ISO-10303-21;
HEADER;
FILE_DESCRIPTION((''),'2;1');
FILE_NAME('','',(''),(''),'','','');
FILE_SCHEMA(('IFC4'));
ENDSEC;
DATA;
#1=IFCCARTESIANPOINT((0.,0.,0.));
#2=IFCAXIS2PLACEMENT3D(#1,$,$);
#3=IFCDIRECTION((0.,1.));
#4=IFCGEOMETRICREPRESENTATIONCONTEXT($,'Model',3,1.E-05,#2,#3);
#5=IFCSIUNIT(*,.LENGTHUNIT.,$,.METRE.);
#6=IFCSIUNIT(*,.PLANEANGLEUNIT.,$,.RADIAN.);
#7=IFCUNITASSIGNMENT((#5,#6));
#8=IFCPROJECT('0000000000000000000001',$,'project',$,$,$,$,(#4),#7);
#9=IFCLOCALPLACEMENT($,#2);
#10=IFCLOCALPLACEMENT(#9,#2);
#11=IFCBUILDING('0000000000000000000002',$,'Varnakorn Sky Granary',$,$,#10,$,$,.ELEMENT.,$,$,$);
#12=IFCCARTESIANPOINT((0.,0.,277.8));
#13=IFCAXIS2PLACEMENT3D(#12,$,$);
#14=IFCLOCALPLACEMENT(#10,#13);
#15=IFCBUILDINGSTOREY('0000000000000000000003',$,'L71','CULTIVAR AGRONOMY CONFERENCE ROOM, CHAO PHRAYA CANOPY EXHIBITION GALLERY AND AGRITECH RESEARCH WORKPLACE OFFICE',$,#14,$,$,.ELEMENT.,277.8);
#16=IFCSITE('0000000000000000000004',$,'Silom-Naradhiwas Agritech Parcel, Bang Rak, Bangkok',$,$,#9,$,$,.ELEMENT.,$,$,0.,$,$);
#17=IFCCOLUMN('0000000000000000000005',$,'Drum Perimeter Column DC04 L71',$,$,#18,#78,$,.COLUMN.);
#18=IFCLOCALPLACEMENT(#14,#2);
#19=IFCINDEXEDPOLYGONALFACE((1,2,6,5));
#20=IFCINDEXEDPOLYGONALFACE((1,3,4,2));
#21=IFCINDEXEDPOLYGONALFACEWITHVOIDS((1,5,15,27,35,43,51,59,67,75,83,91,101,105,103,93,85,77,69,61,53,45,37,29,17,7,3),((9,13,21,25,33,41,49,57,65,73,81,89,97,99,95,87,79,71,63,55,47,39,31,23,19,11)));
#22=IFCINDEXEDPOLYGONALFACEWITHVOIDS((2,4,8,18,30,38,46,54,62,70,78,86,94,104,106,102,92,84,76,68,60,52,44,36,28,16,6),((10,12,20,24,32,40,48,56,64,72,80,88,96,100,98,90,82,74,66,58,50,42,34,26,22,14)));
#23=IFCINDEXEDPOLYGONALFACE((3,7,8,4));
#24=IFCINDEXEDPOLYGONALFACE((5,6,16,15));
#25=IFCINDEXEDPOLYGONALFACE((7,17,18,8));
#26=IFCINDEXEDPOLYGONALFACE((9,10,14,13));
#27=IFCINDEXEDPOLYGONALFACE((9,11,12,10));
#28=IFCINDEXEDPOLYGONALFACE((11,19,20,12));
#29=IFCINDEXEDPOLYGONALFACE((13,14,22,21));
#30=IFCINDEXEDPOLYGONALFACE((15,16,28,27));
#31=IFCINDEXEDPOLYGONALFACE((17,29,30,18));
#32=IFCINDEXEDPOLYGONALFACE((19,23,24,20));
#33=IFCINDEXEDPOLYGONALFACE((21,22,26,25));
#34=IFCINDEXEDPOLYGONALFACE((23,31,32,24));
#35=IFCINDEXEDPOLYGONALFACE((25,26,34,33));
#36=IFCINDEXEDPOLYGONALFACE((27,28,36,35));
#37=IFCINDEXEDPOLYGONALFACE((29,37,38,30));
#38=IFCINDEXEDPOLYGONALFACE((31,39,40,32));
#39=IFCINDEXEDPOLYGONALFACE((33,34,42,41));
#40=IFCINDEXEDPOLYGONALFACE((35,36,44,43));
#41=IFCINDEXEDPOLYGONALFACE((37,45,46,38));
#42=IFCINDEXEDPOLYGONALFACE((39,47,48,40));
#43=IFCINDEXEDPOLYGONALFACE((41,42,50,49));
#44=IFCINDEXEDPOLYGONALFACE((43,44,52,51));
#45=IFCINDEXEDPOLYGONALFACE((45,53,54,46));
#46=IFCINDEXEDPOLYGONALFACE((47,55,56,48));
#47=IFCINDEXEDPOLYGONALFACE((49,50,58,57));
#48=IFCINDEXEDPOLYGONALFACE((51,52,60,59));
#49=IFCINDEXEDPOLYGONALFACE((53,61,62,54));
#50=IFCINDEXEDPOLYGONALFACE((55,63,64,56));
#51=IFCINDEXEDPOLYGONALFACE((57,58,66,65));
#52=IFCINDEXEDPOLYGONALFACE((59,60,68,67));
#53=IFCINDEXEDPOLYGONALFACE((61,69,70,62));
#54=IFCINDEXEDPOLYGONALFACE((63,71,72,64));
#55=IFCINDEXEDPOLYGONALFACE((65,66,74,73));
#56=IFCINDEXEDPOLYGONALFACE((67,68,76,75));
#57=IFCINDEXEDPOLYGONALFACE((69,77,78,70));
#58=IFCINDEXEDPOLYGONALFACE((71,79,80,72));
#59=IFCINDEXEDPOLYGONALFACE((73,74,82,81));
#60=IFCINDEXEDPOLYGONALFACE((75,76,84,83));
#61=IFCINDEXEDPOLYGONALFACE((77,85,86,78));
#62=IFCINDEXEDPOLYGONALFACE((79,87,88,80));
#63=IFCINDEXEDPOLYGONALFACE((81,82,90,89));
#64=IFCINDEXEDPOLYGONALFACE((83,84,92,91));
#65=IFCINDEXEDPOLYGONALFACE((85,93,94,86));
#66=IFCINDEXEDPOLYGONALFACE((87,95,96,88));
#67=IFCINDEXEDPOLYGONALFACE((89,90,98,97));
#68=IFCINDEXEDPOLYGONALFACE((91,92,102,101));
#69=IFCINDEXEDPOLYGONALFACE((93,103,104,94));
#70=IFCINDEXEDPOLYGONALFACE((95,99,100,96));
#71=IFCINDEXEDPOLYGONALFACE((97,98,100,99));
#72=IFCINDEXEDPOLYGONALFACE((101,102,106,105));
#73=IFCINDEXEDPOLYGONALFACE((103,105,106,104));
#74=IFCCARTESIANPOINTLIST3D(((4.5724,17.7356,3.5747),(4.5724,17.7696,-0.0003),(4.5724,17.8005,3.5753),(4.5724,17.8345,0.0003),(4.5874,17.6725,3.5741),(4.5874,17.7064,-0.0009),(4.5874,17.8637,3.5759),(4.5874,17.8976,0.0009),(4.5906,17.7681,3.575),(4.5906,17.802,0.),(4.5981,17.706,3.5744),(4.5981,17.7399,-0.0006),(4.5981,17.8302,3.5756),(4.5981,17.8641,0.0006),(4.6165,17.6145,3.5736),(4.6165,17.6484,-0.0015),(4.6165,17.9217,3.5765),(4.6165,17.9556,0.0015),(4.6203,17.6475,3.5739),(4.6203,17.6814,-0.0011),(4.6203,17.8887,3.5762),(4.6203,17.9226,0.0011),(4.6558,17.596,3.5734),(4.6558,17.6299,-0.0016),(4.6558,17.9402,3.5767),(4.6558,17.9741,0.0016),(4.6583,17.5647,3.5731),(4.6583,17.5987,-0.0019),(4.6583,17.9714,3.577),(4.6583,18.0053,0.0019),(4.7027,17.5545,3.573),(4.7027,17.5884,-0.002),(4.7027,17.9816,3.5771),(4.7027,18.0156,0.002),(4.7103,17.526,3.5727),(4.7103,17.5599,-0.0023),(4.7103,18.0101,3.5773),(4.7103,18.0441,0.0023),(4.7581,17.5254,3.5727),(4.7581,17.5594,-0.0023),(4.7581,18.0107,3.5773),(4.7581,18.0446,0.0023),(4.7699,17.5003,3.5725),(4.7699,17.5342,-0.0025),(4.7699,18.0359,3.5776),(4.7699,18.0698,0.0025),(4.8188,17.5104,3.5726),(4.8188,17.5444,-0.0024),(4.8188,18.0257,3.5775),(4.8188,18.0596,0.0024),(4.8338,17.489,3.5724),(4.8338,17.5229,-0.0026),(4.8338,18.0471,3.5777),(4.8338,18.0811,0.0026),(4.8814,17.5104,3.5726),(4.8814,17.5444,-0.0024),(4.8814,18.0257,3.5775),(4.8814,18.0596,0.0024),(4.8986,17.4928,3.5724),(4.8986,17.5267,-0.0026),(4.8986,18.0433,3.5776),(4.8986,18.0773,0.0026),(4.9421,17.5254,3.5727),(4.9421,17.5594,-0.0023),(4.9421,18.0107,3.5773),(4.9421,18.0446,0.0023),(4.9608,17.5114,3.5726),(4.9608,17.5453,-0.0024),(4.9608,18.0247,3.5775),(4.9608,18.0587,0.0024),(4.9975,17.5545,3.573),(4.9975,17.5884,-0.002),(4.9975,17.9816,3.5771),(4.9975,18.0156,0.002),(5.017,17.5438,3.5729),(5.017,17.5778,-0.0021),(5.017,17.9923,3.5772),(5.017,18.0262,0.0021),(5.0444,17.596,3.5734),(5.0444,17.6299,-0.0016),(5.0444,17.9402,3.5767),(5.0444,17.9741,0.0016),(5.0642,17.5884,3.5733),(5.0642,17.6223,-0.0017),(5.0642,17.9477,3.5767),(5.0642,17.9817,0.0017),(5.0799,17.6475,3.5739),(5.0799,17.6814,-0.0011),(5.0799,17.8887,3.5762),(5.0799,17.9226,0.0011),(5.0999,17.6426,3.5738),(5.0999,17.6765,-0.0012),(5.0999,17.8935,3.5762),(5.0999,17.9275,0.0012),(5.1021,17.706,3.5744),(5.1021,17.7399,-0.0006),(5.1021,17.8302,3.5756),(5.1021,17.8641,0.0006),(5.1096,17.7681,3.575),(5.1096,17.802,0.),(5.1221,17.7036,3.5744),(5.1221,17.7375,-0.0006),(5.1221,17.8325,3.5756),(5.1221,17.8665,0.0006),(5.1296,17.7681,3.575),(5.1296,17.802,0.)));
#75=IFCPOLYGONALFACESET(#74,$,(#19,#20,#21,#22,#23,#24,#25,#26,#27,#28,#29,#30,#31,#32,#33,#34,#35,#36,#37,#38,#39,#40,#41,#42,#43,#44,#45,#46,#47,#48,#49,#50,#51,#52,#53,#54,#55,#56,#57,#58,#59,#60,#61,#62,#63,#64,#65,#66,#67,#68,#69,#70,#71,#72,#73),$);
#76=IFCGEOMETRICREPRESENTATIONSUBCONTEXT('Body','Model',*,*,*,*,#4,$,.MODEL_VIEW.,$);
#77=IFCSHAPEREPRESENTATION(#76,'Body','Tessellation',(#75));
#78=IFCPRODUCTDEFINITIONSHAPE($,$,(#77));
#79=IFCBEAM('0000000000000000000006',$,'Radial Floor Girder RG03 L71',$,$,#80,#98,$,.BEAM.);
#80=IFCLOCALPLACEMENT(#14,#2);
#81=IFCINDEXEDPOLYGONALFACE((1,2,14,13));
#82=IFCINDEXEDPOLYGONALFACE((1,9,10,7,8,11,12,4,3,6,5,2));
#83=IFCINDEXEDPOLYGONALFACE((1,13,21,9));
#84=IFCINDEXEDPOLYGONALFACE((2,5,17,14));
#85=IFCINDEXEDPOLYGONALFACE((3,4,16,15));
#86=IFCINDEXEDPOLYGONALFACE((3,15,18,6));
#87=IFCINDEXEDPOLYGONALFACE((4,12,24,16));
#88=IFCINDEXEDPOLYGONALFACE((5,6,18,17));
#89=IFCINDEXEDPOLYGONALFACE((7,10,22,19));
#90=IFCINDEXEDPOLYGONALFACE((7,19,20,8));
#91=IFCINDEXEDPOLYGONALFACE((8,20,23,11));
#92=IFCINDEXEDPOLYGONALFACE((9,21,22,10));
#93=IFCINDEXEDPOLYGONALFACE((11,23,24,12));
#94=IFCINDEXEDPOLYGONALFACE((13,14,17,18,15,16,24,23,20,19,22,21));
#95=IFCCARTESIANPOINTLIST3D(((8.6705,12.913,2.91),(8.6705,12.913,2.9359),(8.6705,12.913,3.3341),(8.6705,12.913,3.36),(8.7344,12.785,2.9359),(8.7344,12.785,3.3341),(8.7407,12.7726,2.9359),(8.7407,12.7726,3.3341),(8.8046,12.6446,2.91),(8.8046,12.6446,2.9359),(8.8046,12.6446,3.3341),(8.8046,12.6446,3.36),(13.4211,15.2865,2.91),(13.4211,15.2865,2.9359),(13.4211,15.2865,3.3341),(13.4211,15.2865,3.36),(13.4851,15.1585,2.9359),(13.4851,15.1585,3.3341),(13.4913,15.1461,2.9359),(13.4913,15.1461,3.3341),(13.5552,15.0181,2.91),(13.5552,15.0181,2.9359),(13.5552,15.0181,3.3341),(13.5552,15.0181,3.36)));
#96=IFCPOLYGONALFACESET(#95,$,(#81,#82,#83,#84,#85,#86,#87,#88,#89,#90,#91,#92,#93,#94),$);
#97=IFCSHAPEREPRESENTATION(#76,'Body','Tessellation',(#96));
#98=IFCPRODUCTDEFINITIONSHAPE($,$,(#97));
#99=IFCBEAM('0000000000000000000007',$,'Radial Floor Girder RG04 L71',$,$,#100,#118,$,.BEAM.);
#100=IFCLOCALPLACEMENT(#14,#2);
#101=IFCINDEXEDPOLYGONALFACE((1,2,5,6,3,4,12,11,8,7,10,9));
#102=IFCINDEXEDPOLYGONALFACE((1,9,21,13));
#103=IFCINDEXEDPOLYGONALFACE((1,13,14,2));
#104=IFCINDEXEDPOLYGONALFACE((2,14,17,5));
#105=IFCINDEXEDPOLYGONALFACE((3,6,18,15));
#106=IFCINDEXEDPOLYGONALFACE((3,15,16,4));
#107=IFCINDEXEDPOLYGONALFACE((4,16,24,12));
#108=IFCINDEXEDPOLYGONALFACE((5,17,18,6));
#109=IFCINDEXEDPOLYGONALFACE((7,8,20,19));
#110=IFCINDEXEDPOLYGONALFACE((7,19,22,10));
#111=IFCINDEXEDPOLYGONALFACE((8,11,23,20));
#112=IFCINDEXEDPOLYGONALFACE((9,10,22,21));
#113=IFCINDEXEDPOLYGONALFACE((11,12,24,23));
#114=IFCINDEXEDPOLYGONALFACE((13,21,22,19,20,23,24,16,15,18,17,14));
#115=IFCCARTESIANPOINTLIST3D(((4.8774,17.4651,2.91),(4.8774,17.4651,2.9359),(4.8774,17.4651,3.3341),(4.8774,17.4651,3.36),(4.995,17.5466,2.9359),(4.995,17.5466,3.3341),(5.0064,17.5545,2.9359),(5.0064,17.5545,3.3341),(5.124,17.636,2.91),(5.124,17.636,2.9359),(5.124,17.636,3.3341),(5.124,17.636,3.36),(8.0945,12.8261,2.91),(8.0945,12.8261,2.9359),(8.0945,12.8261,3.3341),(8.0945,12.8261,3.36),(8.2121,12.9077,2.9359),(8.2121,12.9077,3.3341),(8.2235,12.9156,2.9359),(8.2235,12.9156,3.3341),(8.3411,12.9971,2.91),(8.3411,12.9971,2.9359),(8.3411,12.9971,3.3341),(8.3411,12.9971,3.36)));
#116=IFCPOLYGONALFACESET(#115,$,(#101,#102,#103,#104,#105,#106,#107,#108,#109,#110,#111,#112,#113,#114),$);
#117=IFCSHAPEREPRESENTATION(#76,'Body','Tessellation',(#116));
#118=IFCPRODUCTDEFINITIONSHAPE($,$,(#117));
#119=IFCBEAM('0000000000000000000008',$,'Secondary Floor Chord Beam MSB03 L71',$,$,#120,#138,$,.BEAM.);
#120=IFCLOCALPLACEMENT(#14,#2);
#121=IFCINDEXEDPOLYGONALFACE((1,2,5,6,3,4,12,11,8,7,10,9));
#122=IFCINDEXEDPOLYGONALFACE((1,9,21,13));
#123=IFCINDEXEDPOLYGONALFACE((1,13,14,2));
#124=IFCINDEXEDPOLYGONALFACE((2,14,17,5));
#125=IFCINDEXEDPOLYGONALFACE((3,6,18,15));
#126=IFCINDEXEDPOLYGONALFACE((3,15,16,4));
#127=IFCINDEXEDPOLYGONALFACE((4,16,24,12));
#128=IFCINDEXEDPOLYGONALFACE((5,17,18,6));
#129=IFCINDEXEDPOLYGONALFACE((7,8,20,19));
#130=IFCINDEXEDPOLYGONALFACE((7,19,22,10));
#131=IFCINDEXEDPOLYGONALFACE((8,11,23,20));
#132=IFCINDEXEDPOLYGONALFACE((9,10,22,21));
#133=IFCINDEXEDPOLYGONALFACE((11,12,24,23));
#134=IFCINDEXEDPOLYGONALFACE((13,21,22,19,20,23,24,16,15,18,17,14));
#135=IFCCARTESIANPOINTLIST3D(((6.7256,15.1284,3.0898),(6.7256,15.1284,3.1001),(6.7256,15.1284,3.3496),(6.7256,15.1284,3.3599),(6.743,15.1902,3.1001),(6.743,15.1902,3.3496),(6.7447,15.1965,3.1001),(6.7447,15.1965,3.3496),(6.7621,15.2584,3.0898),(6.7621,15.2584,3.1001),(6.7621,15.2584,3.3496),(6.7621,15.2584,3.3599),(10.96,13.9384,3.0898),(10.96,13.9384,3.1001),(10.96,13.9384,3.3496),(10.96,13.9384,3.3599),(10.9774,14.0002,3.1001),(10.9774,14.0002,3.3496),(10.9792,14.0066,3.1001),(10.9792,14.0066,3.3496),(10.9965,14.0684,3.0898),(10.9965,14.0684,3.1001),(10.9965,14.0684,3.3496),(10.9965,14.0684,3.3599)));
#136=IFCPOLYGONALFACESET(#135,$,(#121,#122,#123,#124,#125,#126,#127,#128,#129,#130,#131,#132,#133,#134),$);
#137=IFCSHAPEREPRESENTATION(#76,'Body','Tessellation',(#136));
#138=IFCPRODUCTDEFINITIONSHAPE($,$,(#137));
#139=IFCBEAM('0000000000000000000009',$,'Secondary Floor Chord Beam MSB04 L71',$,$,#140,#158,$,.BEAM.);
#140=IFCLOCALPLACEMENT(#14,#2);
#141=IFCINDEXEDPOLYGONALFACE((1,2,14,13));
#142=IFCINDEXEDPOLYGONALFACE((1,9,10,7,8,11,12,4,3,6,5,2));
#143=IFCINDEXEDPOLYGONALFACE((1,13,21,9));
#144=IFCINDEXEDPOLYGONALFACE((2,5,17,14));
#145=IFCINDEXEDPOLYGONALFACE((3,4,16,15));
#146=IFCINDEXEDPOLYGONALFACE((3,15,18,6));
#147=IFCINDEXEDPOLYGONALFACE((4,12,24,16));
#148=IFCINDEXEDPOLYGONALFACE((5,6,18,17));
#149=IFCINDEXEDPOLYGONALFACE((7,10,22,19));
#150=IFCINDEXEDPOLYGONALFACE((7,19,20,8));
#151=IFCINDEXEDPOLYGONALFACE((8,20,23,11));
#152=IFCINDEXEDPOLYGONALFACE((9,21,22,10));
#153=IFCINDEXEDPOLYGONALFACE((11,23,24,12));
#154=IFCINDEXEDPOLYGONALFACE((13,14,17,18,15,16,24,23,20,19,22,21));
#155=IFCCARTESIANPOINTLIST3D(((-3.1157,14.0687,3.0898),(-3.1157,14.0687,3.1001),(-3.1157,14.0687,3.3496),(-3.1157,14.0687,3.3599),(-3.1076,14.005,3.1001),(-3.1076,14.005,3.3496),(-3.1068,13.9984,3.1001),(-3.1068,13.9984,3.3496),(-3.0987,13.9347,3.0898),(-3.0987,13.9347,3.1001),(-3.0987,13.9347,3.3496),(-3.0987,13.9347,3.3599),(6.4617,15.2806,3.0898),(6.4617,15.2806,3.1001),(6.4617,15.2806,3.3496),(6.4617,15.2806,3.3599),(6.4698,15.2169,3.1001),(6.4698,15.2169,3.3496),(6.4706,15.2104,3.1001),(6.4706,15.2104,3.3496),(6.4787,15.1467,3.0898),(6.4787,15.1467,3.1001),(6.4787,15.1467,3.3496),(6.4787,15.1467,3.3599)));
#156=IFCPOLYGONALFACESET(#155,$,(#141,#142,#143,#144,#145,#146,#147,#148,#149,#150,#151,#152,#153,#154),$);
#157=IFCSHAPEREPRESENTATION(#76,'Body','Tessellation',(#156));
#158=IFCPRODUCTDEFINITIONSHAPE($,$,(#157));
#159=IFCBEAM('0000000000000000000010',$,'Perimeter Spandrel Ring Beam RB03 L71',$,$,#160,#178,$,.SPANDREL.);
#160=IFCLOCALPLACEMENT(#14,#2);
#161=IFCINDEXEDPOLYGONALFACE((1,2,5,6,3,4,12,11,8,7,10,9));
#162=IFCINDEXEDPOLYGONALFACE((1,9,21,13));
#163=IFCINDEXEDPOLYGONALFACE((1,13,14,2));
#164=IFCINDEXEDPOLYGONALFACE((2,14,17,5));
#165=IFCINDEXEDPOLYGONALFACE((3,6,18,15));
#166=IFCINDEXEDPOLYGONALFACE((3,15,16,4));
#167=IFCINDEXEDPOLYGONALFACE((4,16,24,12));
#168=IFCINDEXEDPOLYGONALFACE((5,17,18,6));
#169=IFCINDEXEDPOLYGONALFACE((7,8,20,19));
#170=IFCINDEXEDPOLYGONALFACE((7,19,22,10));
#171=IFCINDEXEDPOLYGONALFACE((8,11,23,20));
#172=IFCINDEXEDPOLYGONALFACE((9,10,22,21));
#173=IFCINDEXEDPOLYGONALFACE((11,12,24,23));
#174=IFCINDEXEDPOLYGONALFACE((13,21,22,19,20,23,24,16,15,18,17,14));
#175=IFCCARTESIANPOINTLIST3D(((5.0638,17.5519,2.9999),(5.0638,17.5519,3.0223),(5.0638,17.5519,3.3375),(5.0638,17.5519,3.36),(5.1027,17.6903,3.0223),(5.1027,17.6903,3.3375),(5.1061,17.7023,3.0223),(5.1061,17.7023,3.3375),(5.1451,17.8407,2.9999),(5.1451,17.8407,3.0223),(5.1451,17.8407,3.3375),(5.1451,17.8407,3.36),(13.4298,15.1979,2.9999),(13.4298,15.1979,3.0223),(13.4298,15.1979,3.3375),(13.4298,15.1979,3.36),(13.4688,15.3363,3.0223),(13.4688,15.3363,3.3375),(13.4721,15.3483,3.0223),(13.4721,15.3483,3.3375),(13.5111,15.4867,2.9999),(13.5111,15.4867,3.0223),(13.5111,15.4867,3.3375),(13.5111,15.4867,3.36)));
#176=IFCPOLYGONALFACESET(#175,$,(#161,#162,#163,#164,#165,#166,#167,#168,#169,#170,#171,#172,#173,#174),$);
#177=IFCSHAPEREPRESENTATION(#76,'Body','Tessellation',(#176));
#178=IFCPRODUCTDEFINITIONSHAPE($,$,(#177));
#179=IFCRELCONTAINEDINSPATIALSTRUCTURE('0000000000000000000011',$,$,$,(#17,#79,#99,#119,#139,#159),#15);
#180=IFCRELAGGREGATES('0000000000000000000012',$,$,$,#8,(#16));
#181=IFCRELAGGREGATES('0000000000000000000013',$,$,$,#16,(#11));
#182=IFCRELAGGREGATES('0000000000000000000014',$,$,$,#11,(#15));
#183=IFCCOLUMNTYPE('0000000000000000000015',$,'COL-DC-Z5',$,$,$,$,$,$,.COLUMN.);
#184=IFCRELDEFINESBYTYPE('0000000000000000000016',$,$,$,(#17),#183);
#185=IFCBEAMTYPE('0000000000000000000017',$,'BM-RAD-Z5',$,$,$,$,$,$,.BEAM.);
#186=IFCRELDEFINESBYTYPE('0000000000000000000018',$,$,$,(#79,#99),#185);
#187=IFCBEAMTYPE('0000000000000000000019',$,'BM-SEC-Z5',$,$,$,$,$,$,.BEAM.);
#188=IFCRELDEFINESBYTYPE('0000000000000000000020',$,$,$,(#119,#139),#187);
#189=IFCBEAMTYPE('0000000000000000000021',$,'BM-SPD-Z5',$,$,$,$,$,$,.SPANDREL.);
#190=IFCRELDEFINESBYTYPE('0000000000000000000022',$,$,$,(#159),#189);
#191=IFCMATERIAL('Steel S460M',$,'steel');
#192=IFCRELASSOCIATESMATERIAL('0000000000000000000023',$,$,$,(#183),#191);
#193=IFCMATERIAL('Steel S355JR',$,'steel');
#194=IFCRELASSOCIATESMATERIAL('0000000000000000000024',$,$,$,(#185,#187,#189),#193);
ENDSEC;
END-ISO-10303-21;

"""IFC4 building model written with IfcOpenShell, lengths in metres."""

from ifc_helpers import new_model, si_unit, direction, frame, origin, origin_2d, place, context, subcontext, project, spatial, hollow_circle, i_section, extrude, material, material_profile, profile_set, type_object, element, save


model = new_model("IFC4")

# Units and contexts
model_context = context("Model", 3, precision=1e-05, world=origin(), true_north=direction((0.0, 1.0)))
body_context = subcontext(model_context, "Body", "Model", "MODEL_VIEW")
ifc_project = project(units=[si_unit("LENGTHUNIT", "METRE"), si_unit("PLANEANGLEUNIT", "RADIAN")], contexts=[model_context])

# Site, building, storey
site_placement = place(None, origin())
site = spatial("IfcSite", under=ifc_project, at=site_placement, Name="Silom-Naradhiwas Agritech Parcel, Bang Rak, Bangkok", CompositionType="ELEMENT", RefElevation=0.0)
building_placement = place(site_placement, origin())
building = spatial("IfcBuilding", under=site, at=building_placement, Name="Varnakorn Sky Granary", CompositionType="ELEMENT")
storey_placement = place(building_placement, frame((0.0, 0.0, 277.8)))
storey = spatial("IfcBuildingStorey", under=building, at=storey_placement, Name="L71", Description="CULTIVAR AGRONOMY CONFERENCE ROOM, CHAO PHRAYA CANOPY EXHIBITION GALLERY AND AGRITECH RESEARCH WORKPLACE OFFICE", CompositionType="ELEMENT", Elevation=277.8)

# Column
ifc_material_1 = material(Name="Steel S460M", Category="steel")
ifc_material_profile_1 = material_profile(ifc_material_1, hollow_circle(Radius=0.2795, WallThickness=0.02, at=origin_2d()), Name="CHS 559x20")
ifc_profile_set_1 = profile_set([ifc_material_profile_1], Name="Steel S460M")
column_type = type_object("IfcColumnType", Name="COL-DC-Z5", PredefinedType="COLUMN", material=ifc_profile_set_1)
column_placement = place(storey_placement, frame((4.8501, 17.802, 0.0), z_axis=(0.0, -0.009492, 0.999955), x_axis=(1.0, 0.0, 0.0)))
element("IfcColumn", 1, at=column_placement, inside=storey, type_object=column_type, Name="Drum Perimeter Column DC04 L71", PredefinedType="COLUMN", context=body_context, shape_type="SweptSolid", body=[
    extrude(hollow_circle(Radius=0.2795, WallThickness=0.02, at=origin_2d()), origin(), (0.0, 0.0, 1.0), 3.5752),
])

# Beams
ifc_material_2 = material(Name="Steel S355JR", Category="steel")
ifc_material_profile_2 = material_profile(ifc_material_2, i_section(OverallWidth=0.3, OverallDepth=0.45, WebThickness=0.0139, FlangeThickness=0.0259, at=origin_2d()), Name="HE 450 B")
ifc_profile_set_2 = profile_set([ifc_material_profile_2], Name="Steel S355JR")
beam_type_1 = type_object("IfcBeamType", Name="BM-RAD-Z5", PredefinedType="BEAM", material=ifc_profile_set_2)
beam_1_placement = place(storey_placement, frame((8.7375, 12.7788, 3.135), z_axis=(0.894565, 0.446938, 0.0), x_axis=(-0.446938, 0.894565, 0.0)))
element("IfcBeam", 2, at=beam_1_placement, inside=storey, type_object=beam_type_1, Name="Radial Floor Girder RG03 L71", PredefinedType="BEAM", context=body_context, shape_type="SweptSolid", body=[
    extrude(i_section(OverallWidth=0.3, OverallDepth=0.45, WebThickness=0.0139, FlangeThickness=0.0259, at=origin_2d()), origin(), (0.0, 0.0, 1.0), 5.3105),
])
beam_2_placement = place(storey_placement, frame((8.2178, 12.9116, 3.135), z_axis=(-0.569866, 0.821737, 0.0), x_axis=(-0.821737, -0.569866, 0.0)))
element("IfcBeam", 3, at=beam_2_placement, inside=storey, type_object=beam_type_1, Name="Radial Floor Girder RG04 L71", PredefinedType="BEAM", context=body_context, shape_type="SweptSolid", body=[
    extrude(i_section(OverallWidth=0.3, OverallDepth=0.45, WebThickness=0.0139, FlangeThickness=0.0259, at=origin_2d()), origin(), (0.0, 0.0, 1.0), 5.6453),
])
ifc_material_profile_3 = material_profile(ifc_material_2, i_section(OverallWidth=0.135, OverallDepth=0.27, WebThickness=0.0066, FlangeThickness=0.0103, at=origin_2d()), Name="IPE 270")
ifc_profile_set_3 = profile_set([ifc_material_profile_3], Name="Steel S355JR")
beam_type_2 = type_object("IfcBeamType", Name="BM-SEC-Z5", PredefinedType="BEAM", material=ifc_profile_set_3)
beam_3_placement = place(storey_placement, frame((10.9783, 14.0034, 3.2249), z_axis=(-0.962709, 0.27054, 0.0), x_axis=(-0.27054, -0.962709, 0.0)))
element("IfcBeam", 4, at=beam_3_placement, inside=storey, type_object=beam_type_2, Name="Secondary Floor Chord Beam MSB03 L71", PredefinedType="BEAM", context=body_context, shape_type="SweptSolid", body=[
    extrude(i_section(OverallWidth=0.135, OverallDepth=0.27, WebThickness=0.0066, FlangeThickness=0.0103, at=origin_2d()), origin(), (0.0, 0.0, 1.0), 4.3984),
])
beam_4_placement = place(storey_placement, frame((6.4702, 15.2136, 3.2249), z_axis=(-0.992089, -0.125538, 0.0), x_axis=(0.125538, -0.992089, 0.0)))
element("IfcBeam", 5, at=beam_4_placement, inside=storey, type_object=beam_type_2, Name="Secondary Floor Chord Beam MSB04 L71", PredefinedType="BEAM", context=body_context, shape_type="SweptSolid", body=[
    extrude(i_section(OverallWidth=0.135, OverallDepth=0.27, WebThickness=0.0066, FlangeThickness=0.0103, at=origin_2d()), origin(), (0.0, 0.0, 1.0), 9.6538),
])
ifc_material_profile_4 = material_profile(ifc_material_2, i_section(OverallWidth=0.3, OverallDepth=0.3601, WebThickness=0.0125, FlangeThickness=0.0225, at=origin_2d()), Name="HE 360 B")
ifc_profile_set_4 = profile_set([ifc_material_profile_4], Name="Steel S355JR")
beam_type_3 = type_object("IfcBeamType", Name="BM-SPD-Z5", PredefinedType="SPANDREL", material=ifc_profile_set_4)
for number, where, z_axis, x_axis, name in (
    (6, (13.4705, 15.3423, 3.1799), (-0.962619, 0.27086, 0.0), (-0.27086, -0.962619, 0.0), "Perimeter Spandrel Ring Beam RB03 L71"),
):
    element("IfcBeam", number, at=place(storey_placement, frame(where, z_axis=z_axis, x_axis=x_axis)), inside=storey, type_object=beam_type_3, Name=name, PredefinedType="SPANDREL", context=body_context, shape_type="SweptSolid", body=[
        extrude(i_section(OverallWidth=0.3, OverallDepth=0.3601, WebThickness=0.0125, FlangeThickness=0.0225, at=origin_2d()), origin(), (0.0, 0.0, 1.0), 8.6909),
    ])

save(model, "model.ifc")
